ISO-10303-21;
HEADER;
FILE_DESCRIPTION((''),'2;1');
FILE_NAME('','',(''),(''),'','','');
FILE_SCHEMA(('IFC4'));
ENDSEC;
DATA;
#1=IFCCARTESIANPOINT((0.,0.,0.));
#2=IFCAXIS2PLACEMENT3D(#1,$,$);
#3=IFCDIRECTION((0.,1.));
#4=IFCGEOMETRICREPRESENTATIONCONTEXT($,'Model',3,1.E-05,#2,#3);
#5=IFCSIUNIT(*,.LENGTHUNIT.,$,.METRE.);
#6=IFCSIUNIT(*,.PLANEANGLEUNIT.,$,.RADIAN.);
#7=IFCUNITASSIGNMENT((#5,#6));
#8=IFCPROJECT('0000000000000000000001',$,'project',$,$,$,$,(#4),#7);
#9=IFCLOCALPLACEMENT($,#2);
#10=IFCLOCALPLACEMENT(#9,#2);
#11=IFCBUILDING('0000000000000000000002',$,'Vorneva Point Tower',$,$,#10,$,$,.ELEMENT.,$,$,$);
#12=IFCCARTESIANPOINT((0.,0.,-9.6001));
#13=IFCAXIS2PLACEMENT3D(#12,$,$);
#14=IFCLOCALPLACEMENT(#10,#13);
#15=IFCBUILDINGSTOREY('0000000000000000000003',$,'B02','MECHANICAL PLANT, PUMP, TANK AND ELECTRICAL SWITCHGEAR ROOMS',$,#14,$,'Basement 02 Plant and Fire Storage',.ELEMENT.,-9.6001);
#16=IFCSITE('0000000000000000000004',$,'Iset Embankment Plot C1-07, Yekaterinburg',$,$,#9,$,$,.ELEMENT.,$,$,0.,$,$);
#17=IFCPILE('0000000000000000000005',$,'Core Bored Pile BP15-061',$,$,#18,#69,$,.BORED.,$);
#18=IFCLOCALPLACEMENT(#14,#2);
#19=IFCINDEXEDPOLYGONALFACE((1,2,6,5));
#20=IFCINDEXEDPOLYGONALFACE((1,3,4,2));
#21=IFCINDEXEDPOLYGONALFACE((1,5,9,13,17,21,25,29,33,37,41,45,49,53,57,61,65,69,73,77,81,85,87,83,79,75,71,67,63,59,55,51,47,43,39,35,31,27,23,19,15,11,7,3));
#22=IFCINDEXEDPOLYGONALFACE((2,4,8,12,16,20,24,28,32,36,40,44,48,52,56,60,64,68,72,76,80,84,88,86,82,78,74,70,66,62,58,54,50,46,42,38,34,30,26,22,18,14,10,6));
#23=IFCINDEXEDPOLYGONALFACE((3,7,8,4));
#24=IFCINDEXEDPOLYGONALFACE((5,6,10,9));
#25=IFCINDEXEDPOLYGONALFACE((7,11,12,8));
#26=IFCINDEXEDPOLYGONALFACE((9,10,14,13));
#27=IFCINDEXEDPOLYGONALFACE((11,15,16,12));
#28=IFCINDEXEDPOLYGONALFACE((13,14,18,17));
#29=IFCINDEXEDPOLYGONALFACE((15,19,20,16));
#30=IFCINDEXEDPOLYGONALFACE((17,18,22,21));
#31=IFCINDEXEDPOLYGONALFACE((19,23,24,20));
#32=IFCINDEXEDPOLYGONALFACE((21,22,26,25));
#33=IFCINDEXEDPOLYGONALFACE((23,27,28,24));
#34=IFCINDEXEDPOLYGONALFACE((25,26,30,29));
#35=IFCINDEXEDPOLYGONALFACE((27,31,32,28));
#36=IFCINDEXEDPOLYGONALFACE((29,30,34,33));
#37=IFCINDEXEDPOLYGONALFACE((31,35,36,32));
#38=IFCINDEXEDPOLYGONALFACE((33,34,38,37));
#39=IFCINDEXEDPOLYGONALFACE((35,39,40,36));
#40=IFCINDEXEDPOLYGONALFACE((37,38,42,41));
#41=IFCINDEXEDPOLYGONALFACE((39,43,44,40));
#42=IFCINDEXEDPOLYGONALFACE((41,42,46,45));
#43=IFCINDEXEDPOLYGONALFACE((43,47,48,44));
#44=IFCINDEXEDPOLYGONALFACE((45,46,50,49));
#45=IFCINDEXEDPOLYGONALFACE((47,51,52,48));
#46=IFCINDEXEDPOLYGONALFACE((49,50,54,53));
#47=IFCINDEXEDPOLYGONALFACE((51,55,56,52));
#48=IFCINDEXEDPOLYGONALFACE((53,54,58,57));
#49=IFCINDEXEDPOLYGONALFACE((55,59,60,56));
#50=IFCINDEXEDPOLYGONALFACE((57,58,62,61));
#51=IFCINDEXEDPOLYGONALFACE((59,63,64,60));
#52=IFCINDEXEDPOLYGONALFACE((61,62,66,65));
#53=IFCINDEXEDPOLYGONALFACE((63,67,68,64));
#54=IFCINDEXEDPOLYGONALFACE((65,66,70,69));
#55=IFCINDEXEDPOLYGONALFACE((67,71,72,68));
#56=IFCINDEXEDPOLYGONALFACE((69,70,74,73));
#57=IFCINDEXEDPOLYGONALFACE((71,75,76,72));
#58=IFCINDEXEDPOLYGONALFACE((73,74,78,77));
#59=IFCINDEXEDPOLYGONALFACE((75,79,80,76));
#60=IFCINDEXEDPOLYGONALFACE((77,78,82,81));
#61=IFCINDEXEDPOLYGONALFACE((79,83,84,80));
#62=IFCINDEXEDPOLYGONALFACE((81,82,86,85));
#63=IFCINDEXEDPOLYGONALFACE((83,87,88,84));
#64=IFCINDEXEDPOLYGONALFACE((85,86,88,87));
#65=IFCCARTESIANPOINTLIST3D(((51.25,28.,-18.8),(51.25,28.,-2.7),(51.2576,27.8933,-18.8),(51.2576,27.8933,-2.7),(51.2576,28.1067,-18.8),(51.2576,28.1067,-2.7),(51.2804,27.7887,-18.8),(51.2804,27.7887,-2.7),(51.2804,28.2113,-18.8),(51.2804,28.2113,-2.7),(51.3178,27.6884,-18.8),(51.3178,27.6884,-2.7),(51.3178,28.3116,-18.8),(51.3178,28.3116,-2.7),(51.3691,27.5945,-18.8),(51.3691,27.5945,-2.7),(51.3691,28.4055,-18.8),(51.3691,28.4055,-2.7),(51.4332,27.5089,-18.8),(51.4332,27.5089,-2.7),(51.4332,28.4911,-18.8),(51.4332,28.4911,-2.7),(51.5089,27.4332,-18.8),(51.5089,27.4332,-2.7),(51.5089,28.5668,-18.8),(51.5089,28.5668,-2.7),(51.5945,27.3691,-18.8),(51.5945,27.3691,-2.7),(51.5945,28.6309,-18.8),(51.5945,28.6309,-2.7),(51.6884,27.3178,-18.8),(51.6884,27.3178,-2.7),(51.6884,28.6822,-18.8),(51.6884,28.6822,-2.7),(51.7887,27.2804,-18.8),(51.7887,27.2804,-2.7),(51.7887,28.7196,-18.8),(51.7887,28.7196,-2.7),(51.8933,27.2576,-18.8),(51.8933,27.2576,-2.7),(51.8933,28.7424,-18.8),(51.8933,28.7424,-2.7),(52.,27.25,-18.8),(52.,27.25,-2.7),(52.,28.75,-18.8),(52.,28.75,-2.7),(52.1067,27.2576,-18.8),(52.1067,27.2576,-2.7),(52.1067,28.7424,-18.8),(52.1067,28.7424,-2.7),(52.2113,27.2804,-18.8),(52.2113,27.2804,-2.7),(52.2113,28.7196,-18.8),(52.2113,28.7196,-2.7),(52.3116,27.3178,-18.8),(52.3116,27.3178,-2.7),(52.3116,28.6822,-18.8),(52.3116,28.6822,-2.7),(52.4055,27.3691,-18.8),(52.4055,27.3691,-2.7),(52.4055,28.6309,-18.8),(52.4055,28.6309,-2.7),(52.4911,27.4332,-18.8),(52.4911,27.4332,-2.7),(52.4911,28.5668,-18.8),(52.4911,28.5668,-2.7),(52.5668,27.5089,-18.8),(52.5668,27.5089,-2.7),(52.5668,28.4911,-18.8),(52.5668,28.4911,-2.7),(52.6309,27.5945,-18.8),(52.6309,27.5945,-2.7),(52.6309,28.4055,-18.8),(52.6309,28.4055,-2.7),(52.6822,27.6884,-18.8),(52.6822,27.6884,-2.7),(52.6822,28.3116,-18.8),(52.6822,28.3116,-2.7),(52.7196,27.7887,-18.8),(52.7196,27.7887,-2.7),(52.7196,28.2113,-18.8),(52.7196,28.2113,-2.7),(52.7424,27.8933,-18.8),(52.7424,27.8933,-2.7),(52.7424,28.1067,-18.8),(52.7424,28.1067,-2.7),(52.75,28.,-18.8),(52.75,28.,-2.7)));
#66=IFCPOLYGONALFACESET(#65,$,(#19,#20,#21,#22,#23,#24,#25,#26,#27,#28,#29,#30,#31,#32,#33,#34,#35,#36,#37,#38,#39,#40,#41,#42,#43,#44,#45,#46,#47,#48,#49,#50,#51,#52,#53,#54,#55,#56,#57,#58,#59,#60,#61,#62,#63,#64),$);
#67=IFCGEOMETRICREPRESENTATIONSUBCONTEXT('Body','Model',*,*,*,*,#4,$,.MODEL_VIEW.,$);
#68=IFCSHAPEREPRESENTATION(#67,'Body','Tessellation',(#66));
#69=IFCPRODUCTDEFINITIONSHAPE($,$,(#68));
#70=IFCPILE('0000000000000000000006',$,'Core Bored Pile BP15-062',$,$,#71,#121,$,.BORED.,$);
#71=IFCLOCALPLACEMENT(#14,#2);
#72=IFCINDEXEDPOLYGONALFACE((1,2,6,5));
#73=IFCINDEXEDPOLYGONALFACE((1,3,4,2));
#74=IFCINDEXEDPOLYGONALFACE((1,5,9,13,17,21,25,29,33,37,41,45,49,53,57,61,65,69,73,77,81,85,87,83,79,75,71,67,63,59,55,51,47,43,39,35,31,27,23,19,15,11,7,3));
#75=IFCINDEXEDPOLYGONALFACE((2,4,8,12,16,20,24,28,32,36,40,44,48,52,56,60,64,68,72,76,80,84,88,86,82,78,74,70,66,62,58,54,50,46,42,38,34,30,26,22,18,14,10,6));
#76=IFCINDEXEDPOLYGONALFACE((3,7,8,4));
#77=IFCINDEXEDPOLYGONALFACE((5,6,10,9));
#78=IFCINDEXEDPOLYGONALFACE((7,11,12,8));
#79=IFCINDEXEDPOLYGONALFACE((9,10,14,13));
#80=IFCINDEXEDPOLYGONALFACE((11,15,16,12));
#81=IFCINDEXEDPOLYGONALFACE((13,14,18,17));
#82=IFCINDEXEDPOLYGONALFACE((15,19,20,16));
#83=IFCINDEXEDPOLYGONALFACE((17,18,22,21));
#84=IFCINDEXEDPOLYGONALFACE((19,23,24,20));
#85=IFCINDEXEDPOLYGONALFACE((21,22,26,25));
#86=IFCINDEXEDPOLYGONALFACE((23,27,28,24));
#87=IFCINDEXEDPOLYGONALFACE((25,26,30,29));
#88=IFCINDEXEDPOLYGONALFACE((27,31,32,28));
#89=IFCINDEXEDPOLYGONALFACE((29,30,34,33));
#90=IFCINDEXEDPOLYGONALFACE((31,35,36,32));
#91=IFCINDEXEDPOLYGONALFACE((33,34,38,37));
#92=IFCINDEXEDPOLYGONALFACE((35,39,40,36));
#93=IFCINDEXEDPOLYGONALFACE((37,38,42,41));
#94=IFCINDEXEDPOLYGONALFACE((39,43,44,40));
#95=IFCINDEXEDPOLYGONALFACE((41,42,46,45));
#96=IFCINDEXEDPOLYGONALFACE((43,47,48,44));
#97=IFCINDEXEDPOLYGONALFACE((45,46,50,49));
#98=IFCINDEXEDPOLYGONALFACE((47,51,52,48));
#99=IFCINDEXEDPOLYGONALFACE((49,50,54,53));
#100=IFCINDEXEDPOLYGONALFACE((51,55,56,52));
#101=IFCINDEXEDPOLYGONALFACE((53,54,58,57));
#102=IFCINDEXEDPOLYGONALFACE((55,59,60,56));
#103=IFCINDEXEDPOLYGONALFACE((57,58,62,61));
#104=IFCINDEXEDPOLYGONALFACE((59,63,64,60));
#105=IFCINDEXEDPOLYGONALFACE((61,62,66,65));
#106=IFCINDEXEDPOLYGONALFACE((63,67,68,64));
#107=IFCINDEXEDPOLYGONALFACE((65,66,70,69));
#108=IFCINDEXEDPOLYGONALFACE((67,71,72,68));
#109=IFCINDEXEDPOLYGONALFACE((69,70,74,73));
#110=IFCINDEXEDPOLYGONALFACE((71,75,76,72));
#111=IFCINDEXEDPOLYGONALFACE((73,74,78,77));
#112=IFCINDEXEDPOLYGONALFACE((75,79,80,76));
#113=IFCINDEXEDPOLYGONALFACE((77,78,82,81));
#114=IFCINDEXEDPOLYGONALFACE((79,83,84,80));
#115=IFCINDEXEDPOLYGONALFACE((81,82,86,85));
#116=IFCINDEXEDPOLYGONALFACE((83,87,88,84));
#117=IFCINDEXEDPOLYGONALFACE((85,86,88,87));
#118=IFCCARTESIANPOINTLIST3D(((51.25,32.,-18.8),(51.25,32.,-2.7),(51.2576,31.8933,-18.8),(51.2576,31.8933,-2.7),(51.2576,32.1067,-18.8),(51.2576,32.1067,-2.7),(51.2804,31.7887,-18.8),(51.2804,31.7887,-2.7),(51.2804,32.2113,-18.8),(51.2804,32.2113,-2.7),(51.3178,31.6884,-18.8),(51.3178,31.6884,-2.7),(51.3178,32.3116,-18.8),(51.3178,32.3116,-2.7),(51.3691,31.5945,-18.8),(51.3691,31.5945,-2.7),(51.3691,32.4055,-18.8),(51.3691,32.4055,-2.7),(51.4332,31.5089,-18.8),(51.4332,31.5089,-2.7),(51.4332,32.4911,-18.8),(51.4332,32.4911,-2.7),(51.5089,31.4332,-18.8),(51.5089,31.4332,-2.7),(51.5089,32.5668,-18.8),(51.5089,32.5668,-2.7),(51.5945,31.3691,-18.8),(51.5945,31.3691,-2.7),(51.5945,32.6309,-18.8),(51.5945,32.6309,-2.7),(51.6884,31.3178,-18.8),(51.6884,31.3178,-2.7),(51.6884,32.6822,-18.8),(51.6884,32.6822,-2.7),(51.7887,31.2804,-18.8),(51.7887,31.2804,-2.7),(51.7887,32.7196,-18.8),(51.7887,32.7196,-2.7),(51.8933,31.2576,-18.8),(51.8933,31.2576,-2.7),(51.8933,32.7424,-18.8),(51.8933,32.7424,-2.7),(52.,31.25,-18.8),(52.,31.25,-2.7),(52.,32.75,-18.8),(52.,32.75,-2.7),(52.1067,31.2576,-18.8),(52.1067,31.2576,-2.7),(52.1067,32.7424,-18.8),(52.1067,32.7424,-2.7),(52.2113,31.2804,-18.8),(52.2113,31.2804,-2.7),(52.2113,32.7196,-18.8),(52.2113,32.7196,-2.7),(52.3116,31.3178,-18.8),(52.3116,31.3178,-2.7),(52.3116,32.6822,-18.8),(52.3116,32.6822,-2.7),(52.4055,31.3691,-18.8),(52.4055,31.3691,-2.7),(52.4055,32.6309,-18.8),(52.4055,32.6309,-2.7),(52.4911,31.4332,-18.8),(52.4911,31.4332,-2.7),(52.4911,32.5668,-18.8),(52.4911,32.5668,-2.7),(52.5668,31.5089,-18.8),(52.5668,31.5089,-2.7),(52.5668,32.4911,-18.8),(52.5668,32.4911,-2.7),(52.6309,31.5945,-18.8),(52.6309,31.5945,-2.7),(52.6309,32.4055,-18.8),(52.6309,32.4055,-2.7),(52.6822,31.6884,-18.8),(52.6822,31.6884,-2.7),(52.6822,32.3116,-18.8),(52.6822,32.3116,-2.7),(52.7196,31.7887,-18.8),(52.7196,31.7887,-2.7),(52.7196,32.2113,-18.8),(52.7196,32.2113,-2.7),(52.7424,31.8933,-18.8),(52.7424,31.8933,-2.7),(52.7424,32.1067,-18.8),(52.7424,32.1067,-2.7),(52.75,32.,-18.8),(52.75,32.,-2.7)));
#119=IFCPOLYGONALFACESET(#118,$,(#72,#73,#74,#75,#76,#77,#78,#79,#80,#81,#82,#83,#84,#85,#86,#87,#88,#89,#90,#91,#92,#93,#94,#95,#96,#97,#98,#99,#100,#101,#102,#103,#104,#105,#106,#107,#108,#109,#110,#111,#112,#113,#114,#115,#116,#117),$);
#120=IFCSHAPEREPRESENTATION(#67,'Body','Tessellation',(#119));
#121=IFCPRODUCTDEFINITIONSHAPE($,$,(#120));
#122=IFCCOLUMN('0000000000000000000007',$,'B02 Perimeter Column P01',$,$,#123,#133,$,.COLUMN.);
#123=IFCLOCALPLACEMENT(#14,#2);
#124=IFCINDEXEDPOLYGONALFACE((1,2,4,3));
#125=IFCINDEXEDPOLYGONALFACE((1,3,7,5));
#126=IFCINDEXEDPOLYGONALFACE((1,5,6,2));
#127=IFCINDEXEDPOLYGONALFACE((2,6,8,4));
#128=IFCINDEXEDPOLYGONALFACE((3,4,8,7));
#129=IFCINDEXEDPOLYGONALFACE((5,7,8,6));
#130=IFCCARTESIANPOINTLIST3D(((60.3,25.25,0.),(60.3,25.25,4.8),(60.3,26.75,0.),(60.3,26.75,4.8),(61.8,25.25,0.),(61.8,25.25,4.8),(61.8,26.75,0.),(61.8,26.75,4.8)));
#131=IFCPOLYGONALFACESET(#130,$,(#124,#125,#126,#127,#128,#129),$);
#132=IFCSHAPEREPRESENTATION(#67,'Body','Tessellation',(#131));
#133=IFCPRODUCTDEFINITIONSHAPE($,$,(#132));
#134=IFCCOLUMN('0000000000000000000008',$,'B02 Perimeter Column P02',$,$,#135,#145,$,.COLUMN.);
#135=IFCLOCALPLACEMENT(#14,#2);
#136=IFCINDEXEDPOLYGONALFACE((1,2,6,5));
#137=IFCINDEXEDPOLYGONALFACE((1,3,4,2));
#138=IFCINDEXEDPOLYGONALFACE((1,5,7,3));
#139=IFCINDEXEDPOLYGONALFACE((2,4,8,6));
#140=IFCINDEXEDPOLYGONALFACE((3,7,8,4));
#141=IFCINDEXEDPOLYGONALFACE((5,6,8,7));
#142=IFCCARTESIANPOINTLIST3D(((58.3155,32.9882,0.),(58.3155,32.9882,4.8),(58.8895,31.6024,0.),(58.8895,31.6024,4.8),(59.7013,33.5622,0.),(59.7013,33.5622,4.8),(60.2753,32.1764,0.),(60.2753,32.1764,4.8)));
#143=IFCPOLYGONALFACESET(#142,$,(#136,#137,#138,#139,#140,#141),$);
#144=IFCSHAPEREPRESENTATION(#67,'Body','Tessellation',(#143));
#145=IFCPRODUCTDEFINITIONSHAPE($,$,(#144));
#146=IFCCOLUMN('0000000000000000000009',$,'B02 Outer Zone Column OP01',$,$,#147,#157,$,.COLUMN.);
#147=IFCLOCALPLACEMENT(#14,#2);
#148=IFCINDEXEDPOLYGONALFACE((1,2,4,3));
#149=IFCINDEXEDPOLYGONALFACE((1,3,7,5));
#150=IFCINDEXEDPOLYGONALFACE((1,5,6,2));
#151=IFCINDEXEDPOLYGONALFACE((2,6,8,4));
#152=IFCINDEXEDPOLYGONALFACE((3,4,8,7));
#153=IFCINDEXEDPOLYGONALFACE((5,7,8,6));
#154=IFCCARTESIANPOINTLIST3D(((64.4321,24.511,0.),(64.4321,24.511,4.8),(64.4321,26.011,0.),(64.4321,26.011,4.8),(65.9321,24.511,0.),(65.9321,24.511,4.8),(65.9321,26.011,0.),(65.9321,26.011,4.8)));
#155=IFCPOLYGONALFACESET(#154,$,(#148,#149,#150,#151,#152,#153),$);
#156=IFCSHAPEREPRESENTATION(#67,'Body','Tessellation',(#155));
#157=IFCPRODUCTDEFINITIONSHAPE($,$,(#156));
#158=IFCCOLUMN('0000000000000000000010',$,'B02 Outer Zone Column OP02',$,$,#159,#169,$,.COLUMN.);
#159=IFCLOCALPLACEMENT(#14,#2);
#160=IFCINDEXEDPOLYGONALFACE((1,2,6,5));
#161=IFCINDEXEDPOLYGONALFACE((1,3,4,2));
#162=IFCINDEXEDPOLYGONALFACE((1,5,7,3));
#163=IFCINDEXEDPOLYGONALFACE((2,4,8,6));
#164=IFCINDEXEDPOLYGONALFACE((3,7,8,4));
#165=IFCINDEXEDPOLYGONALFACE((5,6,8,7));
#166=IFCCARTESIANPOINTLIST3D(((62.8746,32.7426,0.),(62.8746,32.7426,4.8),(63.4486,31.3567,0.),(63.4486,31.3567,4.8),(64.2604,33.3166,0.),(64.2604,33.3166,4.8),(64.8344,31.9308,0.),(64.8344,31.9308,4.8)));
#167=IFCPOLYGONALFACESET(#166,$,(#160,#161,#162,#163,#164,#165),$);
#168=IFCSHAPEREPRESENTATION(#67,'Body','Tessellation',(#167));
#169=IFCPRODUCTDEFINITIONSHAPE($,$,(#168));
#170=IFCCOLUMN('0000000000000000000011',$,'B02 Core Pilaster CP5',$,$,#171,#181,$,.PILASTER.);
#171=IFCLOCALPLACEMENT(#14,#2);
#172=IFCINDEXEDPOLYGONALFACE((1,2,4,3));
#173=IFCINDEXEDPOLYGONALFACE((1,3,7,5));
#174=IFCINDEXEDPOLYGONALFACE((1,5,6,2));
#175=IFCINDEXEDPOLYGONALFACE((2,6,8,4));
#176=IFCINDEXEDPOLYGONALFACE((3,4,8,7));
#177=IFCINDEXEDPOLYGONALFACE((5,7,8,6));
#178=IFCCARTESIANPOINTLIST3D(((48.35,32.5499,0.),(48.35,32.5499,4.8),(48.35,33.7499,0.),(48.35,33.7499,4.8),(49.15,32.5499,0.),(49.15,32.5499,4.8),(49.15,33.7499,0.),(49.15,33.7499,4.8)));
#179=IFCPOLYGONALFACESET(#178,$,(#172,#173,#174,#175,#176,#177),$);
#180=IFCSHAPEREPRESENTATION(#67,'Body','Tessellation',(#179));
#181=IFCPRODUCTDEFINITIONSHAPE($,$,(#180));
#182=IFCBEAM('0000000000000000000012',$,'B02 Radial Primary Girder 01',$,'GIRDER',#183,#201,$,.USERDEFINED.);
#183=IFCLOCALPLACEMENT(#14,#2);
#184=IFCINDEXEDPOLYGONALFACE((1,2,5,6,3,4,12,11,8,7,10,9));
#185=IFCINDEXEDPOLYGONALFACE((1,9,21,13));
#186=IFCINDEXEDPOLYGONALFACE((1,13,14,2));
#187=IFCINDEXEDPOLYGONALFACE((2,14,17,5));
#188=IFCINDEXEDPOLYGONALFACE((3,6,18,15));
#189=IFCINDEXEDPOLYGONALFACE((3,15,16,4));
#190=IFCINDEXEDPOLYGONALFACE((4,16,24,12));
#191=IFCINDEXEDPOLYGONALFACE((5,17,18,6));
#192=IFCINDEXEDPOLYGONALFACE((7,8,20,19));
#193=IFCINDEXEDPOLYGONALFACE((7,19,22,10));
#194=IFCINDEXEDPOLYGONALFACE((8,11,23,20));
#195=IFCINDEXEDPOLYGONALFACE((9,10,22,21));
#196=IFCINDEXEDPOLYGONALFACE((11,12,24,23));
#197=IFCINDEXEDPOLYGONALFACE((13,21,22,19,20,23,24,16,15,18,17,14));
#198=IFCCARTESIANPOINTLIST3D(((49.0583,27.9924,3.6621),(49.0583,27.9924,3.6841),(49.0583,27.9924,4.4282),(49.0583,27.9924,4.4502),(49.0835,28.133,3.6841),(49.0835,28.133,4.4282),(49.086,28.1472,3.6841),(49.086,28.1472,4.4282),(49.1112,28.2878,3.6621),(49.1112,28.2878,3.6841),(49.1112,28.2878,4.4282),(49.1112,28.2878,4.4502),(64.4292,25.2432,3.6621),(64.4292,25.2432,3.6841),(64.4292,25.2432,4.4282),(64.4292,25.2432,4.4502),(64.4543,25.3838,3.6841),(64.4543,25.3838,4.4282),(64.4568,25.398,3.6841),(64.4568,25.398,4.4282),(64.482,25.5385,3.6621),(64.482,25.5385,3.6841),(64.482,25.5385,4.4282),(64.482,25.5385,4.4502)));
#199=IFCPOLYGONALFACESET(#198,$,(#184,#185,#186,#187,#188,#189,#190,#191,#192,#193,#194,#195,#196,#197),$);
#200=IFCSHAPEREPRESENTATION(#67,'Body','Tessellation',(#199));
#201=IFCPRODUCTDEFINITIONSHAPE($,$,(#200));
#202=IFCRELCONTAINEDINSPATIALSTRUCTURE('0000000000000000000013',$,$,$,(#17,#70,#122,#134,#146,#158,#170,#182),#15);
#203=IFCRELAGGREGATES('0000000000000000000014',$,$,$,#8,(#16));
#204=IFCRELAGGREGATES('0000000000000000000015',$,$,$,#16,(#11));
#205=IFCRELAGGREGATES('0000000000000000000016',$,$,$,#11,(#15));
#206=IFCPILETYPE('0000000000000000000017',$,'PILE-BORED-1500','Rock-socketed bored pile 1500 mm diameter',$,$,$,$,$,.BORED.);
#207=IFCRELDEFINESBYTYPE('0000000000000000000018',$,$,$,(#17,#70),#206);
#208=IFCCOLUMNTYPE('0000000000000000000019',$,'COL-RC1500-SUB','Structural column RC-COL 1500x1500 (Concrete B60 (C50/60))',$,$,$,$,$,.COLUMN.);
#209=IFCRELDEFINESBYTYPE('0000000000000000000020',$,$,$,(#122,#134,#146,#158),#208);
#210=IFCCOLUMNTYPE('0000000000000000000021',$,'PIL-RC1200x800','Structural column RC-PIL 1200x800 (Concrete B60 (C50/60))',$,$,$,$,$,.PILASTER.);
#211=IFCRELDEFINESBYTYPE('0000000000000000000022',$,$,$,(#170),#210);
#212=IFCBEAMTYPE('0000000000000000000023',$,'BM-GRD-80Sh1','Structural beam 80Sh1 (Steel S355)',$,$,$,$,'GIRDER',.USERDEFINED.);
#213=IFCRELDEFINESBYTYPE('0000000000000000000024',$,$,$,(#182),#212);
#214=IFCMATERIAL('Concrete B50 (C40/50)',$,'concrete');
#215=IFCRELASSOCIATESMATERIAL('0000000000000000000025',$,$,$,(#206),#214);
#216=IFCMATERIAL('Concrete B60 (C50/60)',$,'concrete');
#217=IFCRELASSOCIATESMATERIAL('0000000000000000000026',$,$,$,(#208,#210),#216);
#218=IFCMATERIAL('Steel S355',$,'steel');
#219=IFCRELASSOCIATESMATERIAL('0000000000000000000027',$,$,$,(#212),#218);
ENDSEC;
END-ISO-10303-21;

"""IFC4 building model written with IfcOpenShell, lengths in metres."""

from ifc_helpers import new_model, si_unit, direction, frame, origin, origin_2d, place, context, subcontext, project, spatial, rectangle, circle, i_section, extrude, material, material_profile, profile_set, type_object, element, save


model = new_model("IFC4")

# Units and contexts
model_context = context("Model", 3, precision=1e-05, world=origin(), true_north=direction((0.0, 1.0)))
body_context = subcontext(model_context, "Body", "Model", "MODEL_VIEW")
ifc_project = project(units=[si_unit("LENGTHUNIT", "METRE"), si_unit("PLANEANGLEUNIT", "RADIAN")], contexts=[model_context])

# Site, building, storey
site_placement = place(None, origin())
site = spatial("IfcSite", under=ifc_project, at=site_placement, Name="Iset Embankment Plot C1-07, Yekaterinburg", CompositionType="ELEMENT", RefElevation=0.0)
building_placement = place(site_placement, origin())
building = spatial("IfcBuilding", under=site, at=building_placement, Name="Vorneva Point Tower", CompositionType="ELEMENT")
storey_placement = place(building_placement, frame((0.0, 0.0, -9.6001)))
storey = spatial("IfcBuildingStorey", under=building, at=storey_placement, Name="B02", Description="MECHANICAL PLANT, PUMP, TANK AND ELECTRICAL SWITCHGEAR ROOMS", LongName="Basement 02 Plant and Fire Storage", CompositionType="ELEMENT", Elevation=-9.6001)

# Piles
ifc_material_1 = material(Name="Concrete B50 (C40/50)", Category="concrete")
ifc_material_profile_1 = material_profile(ifc_material_1, circle(Radius=0.75, at=origin_2d()), Name="PILE-1500")
ifc_profile_set_1 = profile_set([ifc_material_profile_1], Name="Concrete B50 (C40/50)")
pile_type_1 = type_object("IfcPileType", Name="PILE-BORED-1500", Description="Rock-socketed bored pile 1500 mm diameter", PredefinedType="BORED", material=ifc_profile_set_1)
for number, where, z_axis, x_axis, name in (
    (1, (52.0, 28.0, -2.7), (0.0, 0.0, -1.0), (1.0, 0.0, 0.0), "Core Bored Pile BP15-061"),
    (2, (52.0, 32.0, -2.7), (0.0, 0.0, -1.0), (1.0, 0.0, 0.0), "Core Bored Pile BP15-062"),
):
    element("IfcPile", number, at=place(storey_placement, frame(where, z_axis=z_axis, x_axis=x_axis)), inside=storey, type_object=pile_type_1, Name=name, PredefinedType="BORED", context=body_context, shape_type="SweptSolid", body=[
        extrude(circle(Radius=0.75, at=origin_2d()), origin(), (0.0, 0.0, 1.0), 16.1001),
    ])

# Columns
ifc_material_2 = material(Name="Concrete B60 (C50/60)", Category="concrete")
ifc_material_profile_2 = material_profile(ifc_material_2, rectangle(XDim=1.5, YDim=1.5, at=origin_2d()), Name="RC-COL 1500x1500")
ifc_profile_set_2 = profile_set([ifc_material_profile_2], Name="Concrete B60 (C50/60)")
column_type_1 = type_object("IfcColumnType", Name="COL-RC1500-SUB", Description="Structural column RC-COL 1500x1500 (Concrete B60 (C50/60))", PredefinedType="COLUMN", material=ifc_profile_set_2)
for number, where, z_axis, x_axis, name in (
    (3, (61.05, 26.0, 0.0), (0.0, 0.0, 1.0), (1.0, 0.0, 0.0), "B02 Perimeter Column P01"),
    (4, (59.2954, 32.5823, 0.0), (0.0, 0.0, 1.0), (0.92388, 0.382683, 0.0), "B02 Perimeter Column P02"),
    (5, (65.1821, 25.261, 0.0), (0.0, 0.0, 1.0), (1.0, 0.0, 0.0), "B02 Outer Zone Column OP01"),
    (6, (63.8545, 32.3367, 0.0), (0.0, 0.0, 1.0), (0.92388, 0.382683, 0.0), "B02 Outer Zone Column OP02"),
):
    element("IfcColumn", number, at=place(storey_placement, frame(where, z_axis=z_axis, x_axis=x_axis)), inside=storey, type_object=column_type_1, Name=name, PredefinedType="COLUMN", context=body_context, shape_type="SweptSolid", body=[
        extrude(rectangle(XDim=1.5, YDim=1.5, at=origin_2d()), origin(), (0.0, 0.0, 1.0), 4.8),
    ])
ifc_material_profile_3 = material_profile(ifc_material_2, rectangle(XDim=0.8, YDim=1.2, at=origin_2d()), Name="RC-PIL 1200x800")
ifc_profile_set_3 = profile_set([ifc_material_profile_3], Name="Concrete B60 (C50/60)")
column_type_2 = type_object("IfcColumnType", Name="PIL-RC1200x800", Description="Structural column RC-PIL 1200x800 (Concrete B60 (C50/60))", PredefinedType="PILASTER", material=ifc_profile_set_3)
column_placement = place(storey_placement, frame((48.75, 33.1499, 0.0), z_axis=(0.0, 0.0, 1.0), x_axis=(1.0, 0.0, 0.0)))
element("IfcColumn", 7, at=column_placement, inside=storey, type_object=column_type_2, Name="B02 Core Pilaster CP5", PredefinedType="PILASTER", context=body_context, shape_type="SweptSolid", body=[
    extrude(rectangle(XDim=0.8, YDim=1.2, at=origin_2d()), origin(), (0.0, 0.0, 1.0), 4.8),
])

# Beam
ifc_material_3 = material(Name="Steel S355", Category="steel")
ifc_material_profile_4 = material_profile(ifc_material_3, i_section(OverallWidth=0.3, OverallDepth=0.7881, WebThickness=0.0144, FlangeThickness=0.022, at=origin_2d()), Name="80Sh1")
ifc_profile_set_4 = profile_set([ifc_material_profile_4], Name="Steel S355")
beam_type_1 = type_object("IfcBeamType", Name="BM-GRD-80Sh1", Description="Structural beam 80Sh1 (Steel S355)", ElementType="GIRDER", PredefinedType="USERDEFINED", material=ifc_profile_set_4)
beam_1_placement = place(storey_placement, frame((64.4556, 25.3909, 4.0562), z_axis=(-0.984378, 0.176068, 0.0), x_axis=(-0.176068, -0.984378, 0.0)))
element("IfcBeam", 8, at=beam_1_placement, inside=storey, type_object=beam_type_1, Name="B02 Radial Primary Girder 01", ObjectType="GIRDER", PredefinedType="USERDEFINED", context=body_context, shape_type="SweptSolid", body=[
    extrude(i_section(OverallWidth=0.3, OverallDepth=0.7881, WebThickness=0.0144, FlangeThickness=0.022, at=origin_2d()), origin(), (0.0, 0.0, 1.0), 15.6147),
])

save(model, "model.ifc")
